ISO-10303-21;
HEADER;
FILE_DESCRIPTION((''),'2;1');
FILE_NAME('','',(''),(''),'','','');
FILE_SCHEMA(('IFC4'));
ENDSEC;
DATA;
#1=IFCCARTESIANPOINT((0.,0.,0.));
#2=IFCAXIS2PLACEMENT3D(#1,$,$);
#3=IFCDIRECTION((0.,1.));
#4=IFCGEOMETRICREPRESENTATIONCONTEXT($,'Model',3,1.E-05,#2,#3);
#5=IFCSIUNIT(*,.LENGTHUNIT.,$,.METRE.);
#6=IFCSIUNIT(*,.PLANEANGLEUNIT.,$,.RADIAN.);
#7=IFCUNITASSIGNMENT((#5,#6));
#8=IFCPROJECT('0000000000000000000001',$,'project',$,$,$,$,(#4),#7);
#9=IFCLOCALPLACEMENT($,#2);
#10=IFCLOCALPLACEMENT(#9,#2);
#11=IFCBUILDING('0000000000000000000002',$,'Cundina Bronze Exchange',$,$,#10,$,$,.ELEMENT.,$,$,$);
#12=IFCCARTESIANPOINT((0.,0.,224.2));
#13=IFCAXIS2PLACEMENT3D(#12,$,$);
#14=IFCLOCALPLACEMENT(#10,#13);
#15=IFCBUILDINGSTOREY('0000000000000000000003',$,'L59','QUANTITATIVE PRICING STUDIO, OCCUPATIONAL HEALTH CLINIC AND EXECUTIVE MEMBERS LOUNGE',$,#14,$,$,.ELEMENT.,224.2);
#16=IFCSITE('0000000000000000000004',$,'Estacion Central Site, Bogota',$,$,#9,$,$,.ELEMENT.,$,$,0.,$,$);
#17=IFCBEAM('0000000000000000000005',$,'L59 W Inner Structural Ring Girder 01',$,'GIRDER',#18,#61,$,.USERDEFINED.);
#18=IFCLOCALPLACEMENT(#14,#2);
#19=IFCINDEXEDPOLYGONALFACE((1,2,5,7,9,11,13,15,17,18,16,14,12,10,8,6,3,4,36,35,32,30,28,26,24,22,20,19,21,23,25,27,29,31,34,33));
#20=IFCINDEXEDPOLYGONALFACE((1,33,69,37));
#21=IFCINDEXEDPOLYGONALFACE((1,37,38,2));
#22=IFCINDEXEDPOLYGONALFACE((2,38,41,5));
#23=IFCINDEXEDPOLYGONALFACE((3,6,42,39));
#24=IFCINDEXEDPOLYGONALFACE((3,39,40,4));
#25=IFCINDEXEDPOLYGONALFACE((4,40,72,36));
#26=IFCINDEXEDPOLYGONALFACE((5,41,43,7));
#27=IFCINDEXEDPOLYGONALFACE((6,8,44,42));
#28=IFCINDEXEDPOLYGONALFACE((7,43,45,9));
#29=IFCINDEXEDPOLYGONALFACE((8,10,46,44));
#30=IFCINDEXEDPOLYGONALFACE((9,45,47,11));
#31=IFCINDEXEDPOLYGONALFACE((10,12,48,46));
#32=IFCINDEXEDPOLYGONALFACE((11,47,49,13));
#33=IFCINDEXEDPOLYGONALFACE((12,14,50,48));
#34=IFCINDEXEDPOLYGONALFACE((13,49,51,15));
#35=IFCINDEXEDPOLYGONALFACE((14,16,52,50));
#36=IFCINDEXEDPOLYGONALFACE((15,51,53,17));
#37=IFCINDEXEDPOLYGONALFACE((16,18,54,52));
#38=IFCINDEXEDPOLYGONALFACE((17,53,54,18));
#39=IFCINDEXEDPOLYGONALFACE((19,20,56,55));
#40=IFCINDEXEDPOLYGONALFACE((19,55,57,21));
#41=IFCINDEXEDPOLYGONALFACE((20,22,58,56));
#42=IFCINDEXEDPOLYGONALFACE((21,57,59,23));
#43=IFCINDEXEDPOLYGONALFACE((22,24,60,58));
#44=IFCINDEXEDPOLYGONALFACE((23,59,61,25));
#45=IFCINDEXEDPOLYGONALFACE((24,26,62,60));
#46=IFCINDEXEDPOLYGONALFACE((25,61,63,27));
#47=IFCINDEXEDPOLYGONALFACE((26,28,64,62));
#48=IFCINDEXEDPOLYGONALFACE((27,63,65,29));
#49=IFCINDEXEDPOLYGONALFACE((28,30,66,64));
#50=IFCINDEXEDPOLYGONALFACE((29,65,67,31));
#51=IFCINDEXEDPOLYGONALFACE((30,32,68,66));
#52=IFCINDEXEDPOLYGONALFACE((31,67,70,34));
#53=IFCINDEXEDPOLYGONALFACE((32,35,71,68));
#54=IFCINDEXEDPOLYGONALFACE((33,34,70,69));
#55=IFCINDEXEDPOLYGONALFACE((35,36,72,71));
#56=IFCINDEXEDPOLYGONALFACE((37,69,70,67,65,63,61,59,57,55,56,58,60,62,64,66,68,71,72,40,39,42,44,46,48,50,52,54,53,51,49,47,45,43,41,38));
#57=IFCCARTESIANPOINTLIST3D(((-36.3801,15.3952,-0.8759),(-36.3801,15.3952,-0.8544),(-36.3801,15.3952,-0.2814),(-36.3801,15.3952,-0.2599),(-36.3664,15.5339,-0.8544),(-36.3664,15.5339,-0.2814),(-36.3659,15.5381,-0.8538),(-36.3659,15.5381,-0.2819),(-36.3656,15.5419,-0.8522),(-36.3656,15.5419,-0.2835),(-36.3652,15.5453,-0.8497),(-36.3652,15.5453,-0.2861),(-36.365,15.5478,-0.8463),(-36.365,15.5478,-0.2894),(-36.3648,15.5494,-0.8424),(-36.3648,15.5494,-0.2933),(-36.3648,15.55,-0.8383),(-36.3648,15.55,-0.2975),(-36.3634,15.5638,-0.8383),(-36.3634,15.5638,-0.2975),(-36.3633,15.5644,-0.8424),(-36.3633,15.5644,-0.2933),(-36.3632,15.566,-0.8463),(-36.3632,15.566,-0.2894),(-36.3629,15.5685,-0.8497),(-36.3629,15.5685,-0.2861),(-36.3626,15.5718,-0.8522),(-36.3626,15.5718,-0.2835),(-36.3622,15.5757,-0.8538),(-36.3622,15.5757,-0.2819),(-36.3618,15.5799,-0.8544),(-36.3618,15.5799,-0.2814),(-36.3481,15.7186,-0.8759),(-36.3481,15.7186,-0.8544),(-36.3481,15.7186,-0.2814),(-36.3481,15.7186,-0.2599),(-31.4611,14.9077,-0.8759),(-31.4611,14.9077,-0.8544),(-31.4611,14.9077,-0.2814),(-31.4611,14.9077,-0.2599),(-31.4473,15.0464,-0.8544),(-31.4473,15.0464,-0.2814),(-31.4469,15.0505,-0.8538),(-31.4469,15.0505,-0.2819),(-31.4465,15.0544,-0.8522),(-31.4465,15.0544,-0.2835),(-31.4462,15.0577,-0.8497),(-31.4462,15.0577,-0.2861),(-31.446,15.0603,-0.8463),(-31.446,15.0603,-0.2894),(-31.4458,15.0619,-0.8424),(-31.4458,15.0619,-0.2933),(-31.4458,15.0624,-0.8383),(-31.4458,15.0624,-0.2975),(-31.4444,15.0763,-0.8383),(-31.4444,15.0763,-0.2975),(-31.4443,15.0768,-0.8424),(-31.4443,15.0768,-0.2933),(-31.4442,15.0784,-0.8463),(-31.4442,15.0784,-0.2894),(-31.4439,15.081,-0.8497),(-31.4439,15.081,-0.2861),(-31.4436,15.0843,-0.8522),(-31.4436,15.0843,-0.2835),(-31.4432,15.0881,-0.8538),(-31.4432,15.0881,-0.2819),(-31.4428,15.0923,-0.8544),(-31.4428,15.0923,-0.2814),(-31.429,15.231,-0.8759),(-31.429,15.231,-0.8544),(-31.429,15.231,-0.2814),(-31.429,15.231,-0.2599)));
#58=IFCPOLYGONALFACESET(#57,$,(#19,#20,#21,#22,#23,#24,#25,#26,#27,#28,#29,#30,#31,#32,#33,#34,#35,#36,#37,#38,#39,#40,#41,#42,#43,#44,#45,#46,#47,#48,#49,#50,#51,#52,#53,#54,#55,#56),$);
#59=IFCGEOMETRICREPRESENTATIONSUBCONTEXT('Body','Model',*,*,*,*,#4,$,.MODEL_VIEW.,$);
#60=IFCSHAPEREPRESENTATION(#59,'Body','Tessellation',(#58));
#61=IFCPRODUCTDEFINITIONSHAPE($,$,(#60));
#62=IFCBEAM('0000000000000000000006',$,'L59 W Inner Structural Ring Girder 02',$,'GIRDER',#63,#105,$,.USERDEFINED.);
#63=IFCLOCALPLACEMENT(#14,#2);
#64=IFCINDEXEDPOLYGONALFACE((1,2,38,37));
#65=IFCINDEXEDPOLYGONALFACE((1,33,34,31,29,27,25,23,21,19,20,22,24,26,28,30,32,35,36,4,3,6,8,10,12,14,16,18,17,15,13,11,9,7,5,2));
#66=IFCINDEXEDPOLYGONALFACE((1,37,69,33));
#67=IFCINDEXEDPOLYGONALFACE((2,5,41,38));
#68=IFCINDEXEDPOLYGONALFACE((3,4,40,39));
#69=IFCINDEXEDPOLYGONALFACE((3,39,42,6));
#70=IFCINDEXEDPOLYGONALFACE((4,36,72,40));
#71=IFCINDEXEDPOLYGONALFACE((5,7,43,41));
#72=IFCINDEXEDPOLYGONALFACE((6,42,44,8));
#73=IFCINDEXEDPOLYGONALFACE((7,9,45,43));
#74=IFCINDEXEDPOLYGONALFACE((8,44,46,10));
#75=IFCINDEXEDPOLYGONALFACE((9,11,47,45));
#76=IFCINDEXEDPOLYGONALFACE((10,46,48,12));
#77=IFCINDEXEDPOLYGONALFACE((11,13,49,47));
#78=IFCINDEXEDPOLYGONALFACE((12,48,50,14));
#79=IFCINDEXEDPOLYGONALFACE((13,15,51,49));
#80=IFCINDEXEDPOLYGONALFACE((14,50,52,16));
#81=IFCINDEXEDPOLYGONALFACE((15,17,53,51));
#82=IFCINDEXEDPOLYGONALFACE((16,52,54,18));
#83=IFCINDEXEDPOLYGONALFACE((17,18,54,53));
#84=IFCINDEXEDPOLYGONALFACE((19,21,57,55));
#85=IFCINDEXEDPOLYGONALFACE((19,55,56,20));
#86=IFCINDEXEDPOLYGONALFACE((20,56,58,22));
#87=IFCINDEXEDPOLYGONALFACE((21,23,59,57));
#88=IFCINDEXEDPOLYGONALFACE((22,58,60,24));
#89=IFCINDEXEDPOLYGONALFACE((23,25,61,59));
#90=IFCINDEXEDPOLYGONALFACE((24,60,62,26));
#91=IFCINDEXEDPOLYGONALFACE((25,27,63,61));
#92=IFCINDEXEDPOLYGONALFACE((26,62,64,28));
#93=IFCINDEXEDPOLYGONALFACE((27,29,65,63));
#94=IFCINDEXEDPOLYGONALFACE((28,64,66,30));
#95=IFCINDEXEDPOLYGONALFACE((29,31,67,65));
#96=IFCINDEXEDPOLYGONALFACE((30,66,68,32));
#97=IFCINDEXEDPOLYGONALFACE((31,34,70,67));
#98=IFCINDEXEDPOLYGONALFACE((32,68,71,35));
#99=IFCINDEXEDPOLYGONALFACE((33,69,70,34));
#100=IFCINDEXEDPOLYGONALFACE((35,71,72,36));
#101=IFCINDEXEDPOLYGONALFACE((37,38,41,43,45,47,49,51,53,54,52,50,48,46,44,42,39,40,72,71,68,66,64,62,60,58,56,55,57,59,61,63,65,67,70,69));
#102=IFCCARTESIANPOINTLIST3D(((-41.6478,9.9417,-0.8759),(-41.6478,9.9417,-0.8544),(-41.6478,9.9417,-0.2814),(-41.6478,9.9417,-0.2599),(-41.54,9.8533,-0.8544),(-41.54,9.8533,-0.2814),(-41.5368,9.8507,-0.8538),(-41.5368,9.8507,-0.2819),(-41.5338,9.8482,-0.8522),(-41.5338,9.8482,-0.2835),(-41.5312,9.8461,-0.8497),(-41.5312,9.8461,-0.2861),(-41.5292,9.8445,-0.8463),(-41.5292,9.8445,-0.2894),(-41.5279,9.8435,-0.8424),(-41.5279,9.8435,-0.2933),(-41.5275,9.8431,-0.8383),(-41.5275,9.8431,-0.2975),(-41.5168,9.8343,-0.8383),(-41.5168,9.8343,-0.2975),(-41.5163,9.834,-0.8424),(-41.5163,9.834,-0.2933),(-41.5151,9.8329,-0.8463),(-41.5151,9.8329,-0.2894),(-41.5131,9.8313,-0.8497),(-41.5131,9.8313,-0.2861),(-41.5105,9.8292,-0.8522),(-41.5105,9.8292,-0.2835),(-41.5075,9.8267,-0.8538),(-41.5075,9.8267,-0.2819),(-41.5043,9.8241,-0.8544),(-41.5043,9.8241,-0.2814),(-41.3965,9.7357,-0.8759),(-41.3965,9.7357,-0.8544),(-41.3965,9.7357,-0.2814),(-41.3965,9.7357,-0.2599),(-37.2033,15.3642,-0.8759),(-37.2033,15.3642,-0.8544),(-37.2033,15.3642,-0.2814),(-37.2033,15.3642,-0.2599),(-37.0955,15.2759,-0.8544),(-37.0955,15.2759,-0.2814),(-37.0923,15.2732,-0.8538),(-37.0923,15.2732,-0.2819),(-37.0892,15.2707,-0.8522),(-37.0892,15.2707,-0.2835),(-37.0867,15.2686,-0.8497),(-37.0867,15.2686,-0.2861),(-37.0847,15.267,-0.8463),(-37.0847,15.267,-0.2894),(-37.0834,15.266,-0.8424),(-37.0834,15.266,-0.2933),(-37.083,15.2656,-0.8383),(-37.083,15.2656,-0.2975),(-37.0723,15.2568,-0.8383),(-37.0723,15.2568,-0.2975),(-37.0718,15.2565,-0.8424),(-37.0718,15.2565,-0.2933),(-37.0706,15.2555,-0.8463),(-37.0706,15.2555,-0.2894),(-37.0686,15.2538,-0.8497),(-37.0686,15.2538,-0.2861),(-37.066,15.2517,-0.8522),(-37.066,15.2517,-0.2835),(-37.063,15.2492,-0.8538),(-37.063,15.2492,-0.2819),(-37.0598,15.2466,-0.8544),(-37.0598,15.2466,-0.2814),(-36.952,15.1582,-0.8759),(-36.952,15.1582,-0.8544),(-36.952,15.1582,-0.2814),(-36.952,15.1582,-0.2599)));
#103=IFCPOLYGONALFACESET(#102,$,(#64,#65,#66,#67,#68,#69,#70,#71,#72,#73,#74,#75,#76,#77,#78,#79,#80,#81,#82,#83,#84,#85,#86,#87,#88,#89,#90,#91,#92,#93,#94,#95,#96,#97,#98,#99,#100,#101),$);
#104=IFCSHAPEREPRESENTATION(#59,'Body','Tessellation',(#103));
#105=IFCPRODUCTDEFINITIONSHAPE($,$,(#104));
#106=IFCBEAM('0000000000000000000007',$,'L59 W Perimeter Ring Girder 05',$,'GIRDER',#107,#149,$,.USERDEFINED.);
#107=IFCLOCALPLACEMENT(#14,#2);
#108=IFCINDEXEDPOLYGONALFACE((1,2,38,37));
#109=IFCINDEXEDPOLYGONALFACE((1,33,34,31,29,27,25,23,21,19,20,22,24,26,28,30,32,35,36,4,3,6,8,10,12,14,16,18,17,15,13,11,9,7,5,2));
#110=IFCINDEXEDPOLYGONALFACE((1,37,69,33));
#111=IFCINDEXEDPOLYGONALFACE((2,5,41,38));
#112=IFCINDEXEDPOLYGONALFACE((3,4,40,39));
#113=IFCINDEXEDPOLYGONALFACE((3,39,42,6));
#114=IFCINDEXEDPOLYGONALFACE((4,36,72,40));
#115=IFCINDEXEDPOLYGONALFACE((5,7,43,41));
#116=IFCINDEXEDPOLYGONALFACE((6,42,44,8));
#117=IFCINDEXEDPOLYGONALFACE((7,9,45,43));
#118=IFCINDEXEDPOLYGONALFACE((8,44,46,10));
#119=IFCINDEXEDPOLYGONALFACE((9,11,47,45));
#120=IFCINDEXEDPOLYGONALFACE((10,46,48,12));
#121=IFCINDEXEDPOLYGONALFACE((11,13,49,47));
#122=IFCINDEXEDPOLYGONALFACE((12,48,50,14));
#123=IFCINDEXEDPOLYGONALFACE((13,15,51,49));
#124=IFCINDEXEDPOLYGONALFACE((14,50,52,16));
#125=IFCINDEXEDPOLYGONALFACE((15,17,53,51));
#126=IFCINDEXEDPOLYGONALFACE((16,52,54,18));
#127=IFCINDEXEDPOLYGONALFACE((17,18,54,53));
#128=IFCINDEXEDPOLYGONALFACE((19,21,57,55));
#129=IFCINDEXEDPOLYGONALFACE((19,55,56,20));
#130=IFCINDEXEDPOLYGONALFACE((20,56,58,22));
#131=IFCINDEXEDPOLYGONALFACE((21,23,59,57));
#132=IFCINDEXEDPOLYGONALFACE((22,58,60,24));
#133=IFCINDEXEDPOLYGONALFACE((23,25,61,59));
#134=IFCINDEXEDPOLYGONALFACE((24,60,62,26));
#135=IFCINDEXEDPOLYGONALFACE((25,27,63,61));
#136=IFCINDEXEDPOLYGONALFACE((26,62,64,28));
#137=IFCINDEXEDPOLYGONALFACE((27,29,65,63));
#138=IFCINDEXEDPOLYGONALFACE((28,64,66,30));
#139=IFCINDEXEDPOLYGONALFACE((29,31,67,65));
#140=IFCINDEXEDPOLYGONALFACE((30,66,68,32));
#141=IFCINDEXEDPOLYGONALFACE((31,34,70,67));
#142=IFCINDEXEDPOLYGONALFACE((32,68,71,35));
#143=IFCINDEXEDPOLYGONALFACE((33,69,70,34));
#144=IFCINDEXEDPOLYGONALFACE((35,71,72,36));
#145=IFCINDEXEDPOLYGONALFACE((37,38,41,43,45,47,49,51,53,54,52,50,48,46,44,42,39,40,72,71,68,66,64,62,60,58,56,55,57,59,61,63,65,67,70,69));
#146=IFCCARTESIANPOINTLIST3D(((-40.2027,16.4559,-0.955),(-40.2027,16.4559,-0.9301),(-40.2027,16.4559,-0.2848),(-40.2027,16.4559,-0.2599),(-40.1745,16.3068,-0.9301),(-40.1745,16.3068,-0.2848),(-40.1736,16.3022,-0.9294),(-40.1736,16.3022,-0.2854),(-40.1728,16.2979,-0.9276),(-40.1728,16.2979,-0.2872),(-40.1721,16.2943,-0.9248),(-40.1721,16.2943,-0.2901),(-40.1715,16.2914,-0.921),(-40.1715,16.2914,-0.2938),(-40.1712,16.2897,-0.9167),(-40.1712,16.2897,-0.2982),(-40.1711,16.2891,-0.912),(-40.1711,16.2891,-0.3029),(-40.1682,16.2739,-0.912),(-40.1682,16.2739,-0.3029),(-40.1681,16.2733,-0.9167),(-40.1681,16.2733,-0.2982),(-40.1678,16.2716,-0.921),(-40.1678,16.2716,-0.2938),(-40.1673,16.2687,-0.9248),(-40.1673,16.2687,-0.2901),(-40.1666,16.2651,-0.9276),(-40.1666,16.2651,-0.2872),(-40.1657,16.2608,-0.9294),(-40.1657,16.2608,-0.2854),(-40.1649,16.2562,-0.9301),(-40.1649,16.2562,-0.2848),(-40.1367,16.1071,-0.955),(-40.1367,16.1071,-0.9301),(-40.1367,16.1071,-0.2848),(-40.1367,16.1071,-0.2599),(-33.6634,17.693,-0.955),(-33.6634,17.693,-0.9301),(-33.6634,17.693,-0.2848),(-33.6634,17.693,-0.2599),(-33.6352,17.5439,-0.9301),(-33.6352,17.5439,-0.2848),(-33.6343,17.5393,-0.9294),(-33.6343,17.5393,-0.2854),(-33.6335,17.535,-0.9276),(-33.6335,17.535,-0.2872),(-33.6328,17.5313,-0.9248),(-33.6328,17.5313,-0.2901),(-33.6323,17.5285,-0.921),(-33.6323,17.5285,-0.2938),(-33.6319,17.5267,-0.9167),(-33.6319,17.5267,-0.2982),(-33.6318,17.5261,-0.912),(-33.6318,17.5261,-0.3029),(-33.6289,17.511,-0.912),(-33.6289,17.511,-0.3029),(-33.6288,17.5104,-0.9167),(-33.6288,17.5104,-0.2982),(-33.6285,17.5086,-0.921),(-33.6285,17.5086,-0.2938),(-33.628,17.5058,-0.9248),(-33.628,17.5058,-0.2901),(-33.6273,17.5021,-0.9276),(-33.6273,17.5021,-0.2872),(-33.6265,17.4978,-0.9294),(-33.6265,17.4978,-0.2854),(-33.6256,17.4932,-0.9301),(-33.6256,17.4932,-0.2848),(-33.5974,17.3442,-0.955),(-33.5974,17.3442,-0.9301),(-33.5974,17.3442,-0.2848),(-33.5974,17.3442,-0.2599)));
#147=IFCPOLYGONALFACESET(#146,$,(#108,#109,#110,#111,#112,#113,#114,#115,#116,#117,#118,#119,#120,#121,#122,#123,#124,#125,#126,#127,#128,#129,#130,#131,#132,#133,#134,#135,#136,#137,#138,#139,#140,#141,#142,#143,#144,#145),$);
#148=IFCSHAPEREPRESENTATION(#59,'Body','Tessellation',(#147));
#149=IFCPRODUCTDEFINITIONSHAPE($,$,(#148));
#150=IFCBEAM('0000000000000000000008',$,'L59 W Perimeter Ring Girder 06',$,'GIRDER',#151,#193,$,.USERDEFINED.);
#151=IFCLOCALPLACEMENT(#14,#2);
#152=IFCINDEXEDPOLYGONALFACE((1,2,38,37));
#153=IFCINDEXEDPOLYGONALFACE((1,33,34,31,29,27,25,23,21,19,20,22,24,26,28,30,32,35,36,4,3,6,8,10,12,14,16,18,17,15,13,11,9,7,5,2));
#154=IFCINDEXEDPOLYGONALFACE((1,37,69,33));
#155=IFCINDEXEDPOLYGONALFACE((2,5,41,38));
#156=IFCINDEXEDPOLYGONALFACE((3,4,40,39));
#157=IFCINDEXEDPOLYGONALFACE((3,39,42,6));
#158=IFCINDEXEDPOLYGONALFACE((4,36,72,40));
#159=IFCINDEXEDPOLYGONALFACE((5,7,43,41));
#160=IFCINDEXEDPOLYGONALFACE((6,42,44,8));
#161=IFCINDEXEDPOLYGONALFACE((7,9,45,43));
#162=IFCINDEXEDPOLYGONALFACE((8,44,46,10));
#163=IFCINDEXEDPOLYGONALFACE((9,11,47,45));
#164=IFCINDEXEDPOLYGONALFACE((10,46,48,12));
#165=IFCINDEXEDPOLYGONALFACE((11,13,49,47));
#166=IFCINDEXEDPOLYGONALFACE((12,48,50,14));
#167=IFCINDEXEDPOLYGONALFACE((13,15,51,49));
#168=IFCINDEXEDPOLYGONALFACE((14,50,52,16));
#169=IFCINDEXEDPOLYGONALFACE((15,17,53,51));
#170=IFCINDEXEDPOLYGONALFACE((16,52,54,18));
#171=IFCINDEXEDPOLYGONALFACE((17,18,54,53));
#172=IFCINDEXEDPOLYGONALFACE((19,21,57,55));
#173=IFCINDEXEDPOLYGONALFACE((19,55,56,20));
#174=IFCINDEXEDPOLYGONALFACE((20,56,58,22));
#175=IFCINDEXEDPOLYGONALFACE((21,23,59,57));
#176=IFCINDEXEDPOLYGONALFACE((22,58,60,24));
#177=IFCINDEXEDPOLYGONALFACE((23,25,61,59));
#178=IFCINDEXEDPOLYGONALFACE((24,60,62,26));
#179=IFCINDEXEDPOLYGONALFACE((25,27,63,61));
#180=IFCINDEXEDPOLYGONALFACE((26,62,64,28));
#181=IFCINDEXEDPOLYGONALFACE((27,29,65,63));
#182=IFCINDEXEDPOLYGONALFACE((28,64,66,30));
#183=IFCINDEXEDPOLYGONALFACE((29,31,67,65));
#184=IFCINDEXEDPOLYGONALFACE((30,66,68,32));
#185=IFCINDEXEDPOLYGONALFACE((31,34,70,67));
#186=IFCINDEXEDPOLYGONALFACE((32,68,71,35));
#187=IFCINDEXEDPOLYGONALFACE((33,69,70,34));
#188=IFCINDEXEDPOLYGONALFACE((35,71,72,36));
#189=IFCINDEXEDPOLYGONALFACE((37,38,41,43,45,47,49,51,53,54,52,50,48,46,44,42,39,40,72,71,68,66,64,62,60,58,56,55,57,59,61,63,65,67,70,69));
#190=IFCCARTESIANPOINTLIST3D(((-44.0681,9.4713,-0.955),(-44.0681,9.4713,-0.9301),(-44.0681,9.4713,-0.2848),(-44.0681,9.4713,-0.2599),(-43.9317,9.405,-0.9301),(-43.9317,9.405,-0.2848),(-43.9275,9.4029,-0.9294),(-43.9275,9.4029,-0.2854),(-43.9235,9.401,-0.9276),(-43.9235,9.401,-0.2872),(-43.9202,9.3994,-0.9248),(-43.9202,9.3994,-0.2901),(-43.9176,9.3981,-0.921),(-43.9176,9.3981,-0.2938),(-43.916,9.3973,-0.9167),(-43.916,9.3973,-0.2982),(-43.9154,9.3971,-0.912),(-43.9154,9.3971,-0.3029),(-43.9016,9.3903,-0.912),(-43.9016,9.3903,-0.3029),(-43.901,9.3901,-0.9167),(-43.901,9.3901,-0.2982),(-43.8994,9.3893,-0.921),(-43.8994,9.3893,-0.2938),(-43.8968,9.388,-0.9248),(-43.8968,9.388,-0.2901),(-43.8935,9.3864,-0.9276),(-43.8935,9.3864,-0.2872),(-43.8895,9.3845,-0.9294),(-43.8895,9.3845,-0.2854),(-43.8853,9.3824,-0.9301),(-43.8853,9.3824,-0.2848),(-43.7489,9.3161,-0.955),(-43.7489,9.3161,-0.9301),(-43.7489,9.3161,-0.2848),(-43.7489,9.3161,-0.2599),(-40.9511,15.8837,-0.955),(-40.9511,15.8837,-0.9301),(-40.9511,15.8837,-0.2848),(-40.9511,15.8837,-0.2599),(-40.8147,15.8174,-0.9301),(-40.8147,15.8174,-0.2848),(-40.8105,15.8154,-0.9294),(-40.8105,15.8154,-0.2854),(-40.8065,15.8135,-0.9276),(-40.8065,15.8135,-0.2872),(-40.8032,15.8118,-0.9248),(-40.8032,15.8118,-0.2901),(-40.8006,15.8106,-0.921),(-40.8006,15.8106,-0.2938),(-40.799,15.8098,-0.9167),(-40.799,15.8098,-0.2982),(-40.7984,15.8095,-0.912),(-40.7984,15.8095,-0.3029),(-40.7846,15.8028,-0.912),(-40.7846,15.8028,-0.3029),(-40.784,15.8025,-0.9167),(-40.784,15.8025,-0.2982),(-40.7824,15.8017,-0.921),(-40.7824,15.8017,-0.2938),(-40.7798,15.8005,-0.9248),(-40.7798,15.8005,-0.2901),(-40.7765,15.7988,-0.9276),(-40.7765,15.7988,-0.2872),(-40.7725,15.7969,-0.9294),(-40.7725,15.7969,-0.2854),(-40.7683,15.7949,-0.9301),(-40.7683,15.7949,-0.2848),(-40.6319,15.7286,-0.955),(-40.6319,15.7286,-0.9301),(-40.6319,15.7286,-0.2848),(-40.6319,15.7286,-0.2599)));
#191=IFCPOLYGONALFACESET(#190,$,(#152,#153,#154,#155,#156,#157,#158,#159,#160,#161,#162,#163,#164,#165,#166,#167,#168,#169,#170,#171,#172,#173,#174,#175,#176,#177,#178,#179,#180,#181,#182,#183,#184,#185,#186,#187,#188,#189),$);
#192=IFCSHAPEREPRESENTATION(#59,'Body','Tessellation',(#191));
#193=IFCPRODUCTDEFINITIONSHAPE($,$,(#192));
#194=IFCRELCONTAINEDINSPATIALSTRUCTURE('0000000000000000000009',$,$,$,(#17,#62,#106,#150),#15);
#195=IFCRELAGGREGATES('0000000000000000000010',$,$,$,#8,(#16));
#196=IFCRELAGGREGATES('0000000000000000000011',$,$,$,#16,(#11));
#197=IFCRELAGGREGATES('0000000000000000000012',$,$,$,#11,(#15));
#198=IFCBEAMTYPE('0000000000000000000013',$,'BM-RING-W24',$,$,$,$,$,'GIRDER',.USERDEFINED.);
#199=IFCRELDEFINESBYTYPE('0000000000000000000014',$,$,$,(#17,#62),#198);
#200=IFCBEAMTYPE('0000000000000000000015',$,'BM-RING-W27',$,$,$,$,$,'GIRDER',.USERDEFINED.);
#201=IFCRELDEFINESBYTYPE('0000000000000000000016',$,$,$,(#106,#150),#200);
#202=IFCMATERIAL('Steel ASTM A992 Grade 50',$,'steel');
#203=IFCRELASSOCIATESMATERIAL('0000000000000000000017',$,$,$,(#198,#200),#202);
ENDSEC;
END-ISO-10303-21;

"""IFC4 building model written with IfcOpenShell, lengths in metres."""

from ifc_helpers import new_model, si_unit, direction, frame, origin, origin_2d, place, context, subcontext, project, spatial, i_section, extrude, material, material_profile, profile_set, type_object, element, save


model = new_model("IFC4")

# Units and contexts
model_context = context("Model", 3, precision=1e-05, world=origin(), true_north=direction((0.0, 1.0)))
body_context = subcontext(model_context, "Body", "Model", "MODEL_VIEW")
ifc_project = project(units=[si_unit("LENGTHUNIT", "METRE"), si_unit("PLANEANGLEUNIT", "RADIAN")], contexts=[model_context])

# Site, building, storey
site_placement = place(None, origin())
site = spatial("IfcSite", under=ifc_project, at=site_placement, Name="Estacion Central Site, Bogota", CompositionType="ELEMENT", RefElevation=0.0)
building_placement = place(site_placement, origin())
building = spatial("IfcBuilding", under=site, at=building_placement, Name="Cundina Bronze Exchange", CompositionType="ELEMENT")
storey_placement = place(building_placement, frame((0.0, 0.0, 224.2)))
storey = spatial("IfcBuildingStorey", under=building, at=storey_placement, Name="L59", Description="QUANTITATIVE PRICING STUDIO, OCCUPATIONAL HEALTH CLINIC AND EXECUTIVE MEMBERS LOUNGE", CompositionType="ELEMENT", Elevation=224.2)

# Shared definitions
ifc_material_1 = material(Name="Steel ASTM A992 Grade 50", Category="steel")

# Beams
ifc_material_profile_1 = material_profile(ifc_material_1, i_section(OverallWidth=0.325, OverallDepth=0.616, WebThickness=0.0139, FlangeThickness=0.0215, FilletRadius=0.0161, at=origin_2d()), Name="W24X117", Category="steel")
ifc_profile_set_1 = profile_set([ifc_material_profile_1], Name="Steel ASTM A992 Grade 50")
beam_type_1 = type_object("IfcBeamType", Name="BM-RING-W24", ElementType="GIRDER", PredefinedType="USERDEFINED", material=ifc_profile_set_1)
beam_1_placement = place(storey_placement, frame((-31.4451, 15.0693, -0.5679), z_axis=(-0.995124, 0.098633, 0.0), x_axis=(-0.098633, -0.995124, 0.0)))
element("IfcBeam", 1, at=beam_1_placement, inside=storey, type_object=beam_type_1, Name="L59 W Inner Structural Ring Girder 01", ObjectType="GIRDER", PredefinedType="USERDEFINED", context=body_context, shape_type="SweptSolid", body=[
    extrude(i_section(OverallWidth=0.325, OverallDepth=0.616, WebThickness=0.0139, FlangeThickness=0.0215, FilletRadius=0.0161, at=origin_2d()), origin(), (0.0, 0.0, 1.0), 4.9431),
])
beam_2_placement = place(storey_placement, frame((-37.0776, 15.2612, -0.5679), z_axis=(-0.633913, -0.773405, 0.0), x_axis=(0.773405, -0.633913, 0.0)))
element("IfcBeam", 2, at=beam_2_placement, inside=storey, type_object=beam_type_1, Name="L59 W Inner Structural Ring Girder 02", ObjectType="GIRDER", PredefinedType="USERDEFINED", context=body_context, shape_type="SweptSolid", body=[
    extrude(i_section(OverallWidth=0.325, OverallDepth=0.616, WebThickness=0.0139, FlangeThickness=0.0215, FilletRadius=0.0161, at=origin_2d()), origin(), (0.0, 0.0, 1.0), 7.0112),
])
ifc_material_profile_2 = material_profile(ifc_material_1, i_section(OverallWidth=0.355, OverallDepth=0.6951, WebThickness=0.0154, FlangeThickness=0.0249, FilletRadius=0.0181, at=origin_2d()), Name="W27X146", Category="steel")
ifc_profile_set_2 = profile_set([ifc_material_profile_2], Name="Steel ASTM A992 Grade 50")
beam_type_2 = type_object("IfcBeamType", Name="BM-RING-W27", ElementType="GIRDER", PredefinedType="USERDEFINED", material=ifc_profile_set_2)
beam_3_placement = place(storey_placement, frame((-33.6304, 17.5186, -0.6074), z_axis=(-0.982573, -0.185876, 0.0), x_axis=(0.185876, -0.982573, 0.0)))
element("IfcBeam", 3, at=beam_3_placement, inside=storey, type_object=beam_type_2, Name="L59 W Perimeter Ring Girder 05", ObjectType="GIRDER", PredefinedType="USERDEFINED", context=body_context, shape_type="SweptSolid", body=[
    extrude(i_section(OverallWidth=0.355, OverallDepth=0.6951, WebThickness=0.0154, FlangeThickness=0.0249, FilletRadius=0.0181, at=origin_2d()), origin(), (0.0, 0.0, 1.0), 6.6553),
])
beam_4_placement = place(storey_placement, frame((-40.7915, 15.8062, -0.6074), z_axis=(-0.437173, -0.899377, 0.0), x_axis=(0.899377, -0.437173, 0.0)))
element("IfcBeam", 4, at=beam_4_placement, inside=storey, type_object=beam_type_2, Name="L59 W Perimeter Ring Girder 06", ObjectType="GIRDER", PredefinedType="USERDEFINED", context=body_context, shape_type="SweptSolid", body=[
    extrude(i_section(OverallWidth=0.355, OverallDepth=0.6951, WebThickness=0.0154, FlangeThickness=0.0249, FilletRadius=0.0181, at=origin_2d()), origin(), (0.0, 0.0, 1.0), 7.1299),
])

save(model, "model.ifc")
